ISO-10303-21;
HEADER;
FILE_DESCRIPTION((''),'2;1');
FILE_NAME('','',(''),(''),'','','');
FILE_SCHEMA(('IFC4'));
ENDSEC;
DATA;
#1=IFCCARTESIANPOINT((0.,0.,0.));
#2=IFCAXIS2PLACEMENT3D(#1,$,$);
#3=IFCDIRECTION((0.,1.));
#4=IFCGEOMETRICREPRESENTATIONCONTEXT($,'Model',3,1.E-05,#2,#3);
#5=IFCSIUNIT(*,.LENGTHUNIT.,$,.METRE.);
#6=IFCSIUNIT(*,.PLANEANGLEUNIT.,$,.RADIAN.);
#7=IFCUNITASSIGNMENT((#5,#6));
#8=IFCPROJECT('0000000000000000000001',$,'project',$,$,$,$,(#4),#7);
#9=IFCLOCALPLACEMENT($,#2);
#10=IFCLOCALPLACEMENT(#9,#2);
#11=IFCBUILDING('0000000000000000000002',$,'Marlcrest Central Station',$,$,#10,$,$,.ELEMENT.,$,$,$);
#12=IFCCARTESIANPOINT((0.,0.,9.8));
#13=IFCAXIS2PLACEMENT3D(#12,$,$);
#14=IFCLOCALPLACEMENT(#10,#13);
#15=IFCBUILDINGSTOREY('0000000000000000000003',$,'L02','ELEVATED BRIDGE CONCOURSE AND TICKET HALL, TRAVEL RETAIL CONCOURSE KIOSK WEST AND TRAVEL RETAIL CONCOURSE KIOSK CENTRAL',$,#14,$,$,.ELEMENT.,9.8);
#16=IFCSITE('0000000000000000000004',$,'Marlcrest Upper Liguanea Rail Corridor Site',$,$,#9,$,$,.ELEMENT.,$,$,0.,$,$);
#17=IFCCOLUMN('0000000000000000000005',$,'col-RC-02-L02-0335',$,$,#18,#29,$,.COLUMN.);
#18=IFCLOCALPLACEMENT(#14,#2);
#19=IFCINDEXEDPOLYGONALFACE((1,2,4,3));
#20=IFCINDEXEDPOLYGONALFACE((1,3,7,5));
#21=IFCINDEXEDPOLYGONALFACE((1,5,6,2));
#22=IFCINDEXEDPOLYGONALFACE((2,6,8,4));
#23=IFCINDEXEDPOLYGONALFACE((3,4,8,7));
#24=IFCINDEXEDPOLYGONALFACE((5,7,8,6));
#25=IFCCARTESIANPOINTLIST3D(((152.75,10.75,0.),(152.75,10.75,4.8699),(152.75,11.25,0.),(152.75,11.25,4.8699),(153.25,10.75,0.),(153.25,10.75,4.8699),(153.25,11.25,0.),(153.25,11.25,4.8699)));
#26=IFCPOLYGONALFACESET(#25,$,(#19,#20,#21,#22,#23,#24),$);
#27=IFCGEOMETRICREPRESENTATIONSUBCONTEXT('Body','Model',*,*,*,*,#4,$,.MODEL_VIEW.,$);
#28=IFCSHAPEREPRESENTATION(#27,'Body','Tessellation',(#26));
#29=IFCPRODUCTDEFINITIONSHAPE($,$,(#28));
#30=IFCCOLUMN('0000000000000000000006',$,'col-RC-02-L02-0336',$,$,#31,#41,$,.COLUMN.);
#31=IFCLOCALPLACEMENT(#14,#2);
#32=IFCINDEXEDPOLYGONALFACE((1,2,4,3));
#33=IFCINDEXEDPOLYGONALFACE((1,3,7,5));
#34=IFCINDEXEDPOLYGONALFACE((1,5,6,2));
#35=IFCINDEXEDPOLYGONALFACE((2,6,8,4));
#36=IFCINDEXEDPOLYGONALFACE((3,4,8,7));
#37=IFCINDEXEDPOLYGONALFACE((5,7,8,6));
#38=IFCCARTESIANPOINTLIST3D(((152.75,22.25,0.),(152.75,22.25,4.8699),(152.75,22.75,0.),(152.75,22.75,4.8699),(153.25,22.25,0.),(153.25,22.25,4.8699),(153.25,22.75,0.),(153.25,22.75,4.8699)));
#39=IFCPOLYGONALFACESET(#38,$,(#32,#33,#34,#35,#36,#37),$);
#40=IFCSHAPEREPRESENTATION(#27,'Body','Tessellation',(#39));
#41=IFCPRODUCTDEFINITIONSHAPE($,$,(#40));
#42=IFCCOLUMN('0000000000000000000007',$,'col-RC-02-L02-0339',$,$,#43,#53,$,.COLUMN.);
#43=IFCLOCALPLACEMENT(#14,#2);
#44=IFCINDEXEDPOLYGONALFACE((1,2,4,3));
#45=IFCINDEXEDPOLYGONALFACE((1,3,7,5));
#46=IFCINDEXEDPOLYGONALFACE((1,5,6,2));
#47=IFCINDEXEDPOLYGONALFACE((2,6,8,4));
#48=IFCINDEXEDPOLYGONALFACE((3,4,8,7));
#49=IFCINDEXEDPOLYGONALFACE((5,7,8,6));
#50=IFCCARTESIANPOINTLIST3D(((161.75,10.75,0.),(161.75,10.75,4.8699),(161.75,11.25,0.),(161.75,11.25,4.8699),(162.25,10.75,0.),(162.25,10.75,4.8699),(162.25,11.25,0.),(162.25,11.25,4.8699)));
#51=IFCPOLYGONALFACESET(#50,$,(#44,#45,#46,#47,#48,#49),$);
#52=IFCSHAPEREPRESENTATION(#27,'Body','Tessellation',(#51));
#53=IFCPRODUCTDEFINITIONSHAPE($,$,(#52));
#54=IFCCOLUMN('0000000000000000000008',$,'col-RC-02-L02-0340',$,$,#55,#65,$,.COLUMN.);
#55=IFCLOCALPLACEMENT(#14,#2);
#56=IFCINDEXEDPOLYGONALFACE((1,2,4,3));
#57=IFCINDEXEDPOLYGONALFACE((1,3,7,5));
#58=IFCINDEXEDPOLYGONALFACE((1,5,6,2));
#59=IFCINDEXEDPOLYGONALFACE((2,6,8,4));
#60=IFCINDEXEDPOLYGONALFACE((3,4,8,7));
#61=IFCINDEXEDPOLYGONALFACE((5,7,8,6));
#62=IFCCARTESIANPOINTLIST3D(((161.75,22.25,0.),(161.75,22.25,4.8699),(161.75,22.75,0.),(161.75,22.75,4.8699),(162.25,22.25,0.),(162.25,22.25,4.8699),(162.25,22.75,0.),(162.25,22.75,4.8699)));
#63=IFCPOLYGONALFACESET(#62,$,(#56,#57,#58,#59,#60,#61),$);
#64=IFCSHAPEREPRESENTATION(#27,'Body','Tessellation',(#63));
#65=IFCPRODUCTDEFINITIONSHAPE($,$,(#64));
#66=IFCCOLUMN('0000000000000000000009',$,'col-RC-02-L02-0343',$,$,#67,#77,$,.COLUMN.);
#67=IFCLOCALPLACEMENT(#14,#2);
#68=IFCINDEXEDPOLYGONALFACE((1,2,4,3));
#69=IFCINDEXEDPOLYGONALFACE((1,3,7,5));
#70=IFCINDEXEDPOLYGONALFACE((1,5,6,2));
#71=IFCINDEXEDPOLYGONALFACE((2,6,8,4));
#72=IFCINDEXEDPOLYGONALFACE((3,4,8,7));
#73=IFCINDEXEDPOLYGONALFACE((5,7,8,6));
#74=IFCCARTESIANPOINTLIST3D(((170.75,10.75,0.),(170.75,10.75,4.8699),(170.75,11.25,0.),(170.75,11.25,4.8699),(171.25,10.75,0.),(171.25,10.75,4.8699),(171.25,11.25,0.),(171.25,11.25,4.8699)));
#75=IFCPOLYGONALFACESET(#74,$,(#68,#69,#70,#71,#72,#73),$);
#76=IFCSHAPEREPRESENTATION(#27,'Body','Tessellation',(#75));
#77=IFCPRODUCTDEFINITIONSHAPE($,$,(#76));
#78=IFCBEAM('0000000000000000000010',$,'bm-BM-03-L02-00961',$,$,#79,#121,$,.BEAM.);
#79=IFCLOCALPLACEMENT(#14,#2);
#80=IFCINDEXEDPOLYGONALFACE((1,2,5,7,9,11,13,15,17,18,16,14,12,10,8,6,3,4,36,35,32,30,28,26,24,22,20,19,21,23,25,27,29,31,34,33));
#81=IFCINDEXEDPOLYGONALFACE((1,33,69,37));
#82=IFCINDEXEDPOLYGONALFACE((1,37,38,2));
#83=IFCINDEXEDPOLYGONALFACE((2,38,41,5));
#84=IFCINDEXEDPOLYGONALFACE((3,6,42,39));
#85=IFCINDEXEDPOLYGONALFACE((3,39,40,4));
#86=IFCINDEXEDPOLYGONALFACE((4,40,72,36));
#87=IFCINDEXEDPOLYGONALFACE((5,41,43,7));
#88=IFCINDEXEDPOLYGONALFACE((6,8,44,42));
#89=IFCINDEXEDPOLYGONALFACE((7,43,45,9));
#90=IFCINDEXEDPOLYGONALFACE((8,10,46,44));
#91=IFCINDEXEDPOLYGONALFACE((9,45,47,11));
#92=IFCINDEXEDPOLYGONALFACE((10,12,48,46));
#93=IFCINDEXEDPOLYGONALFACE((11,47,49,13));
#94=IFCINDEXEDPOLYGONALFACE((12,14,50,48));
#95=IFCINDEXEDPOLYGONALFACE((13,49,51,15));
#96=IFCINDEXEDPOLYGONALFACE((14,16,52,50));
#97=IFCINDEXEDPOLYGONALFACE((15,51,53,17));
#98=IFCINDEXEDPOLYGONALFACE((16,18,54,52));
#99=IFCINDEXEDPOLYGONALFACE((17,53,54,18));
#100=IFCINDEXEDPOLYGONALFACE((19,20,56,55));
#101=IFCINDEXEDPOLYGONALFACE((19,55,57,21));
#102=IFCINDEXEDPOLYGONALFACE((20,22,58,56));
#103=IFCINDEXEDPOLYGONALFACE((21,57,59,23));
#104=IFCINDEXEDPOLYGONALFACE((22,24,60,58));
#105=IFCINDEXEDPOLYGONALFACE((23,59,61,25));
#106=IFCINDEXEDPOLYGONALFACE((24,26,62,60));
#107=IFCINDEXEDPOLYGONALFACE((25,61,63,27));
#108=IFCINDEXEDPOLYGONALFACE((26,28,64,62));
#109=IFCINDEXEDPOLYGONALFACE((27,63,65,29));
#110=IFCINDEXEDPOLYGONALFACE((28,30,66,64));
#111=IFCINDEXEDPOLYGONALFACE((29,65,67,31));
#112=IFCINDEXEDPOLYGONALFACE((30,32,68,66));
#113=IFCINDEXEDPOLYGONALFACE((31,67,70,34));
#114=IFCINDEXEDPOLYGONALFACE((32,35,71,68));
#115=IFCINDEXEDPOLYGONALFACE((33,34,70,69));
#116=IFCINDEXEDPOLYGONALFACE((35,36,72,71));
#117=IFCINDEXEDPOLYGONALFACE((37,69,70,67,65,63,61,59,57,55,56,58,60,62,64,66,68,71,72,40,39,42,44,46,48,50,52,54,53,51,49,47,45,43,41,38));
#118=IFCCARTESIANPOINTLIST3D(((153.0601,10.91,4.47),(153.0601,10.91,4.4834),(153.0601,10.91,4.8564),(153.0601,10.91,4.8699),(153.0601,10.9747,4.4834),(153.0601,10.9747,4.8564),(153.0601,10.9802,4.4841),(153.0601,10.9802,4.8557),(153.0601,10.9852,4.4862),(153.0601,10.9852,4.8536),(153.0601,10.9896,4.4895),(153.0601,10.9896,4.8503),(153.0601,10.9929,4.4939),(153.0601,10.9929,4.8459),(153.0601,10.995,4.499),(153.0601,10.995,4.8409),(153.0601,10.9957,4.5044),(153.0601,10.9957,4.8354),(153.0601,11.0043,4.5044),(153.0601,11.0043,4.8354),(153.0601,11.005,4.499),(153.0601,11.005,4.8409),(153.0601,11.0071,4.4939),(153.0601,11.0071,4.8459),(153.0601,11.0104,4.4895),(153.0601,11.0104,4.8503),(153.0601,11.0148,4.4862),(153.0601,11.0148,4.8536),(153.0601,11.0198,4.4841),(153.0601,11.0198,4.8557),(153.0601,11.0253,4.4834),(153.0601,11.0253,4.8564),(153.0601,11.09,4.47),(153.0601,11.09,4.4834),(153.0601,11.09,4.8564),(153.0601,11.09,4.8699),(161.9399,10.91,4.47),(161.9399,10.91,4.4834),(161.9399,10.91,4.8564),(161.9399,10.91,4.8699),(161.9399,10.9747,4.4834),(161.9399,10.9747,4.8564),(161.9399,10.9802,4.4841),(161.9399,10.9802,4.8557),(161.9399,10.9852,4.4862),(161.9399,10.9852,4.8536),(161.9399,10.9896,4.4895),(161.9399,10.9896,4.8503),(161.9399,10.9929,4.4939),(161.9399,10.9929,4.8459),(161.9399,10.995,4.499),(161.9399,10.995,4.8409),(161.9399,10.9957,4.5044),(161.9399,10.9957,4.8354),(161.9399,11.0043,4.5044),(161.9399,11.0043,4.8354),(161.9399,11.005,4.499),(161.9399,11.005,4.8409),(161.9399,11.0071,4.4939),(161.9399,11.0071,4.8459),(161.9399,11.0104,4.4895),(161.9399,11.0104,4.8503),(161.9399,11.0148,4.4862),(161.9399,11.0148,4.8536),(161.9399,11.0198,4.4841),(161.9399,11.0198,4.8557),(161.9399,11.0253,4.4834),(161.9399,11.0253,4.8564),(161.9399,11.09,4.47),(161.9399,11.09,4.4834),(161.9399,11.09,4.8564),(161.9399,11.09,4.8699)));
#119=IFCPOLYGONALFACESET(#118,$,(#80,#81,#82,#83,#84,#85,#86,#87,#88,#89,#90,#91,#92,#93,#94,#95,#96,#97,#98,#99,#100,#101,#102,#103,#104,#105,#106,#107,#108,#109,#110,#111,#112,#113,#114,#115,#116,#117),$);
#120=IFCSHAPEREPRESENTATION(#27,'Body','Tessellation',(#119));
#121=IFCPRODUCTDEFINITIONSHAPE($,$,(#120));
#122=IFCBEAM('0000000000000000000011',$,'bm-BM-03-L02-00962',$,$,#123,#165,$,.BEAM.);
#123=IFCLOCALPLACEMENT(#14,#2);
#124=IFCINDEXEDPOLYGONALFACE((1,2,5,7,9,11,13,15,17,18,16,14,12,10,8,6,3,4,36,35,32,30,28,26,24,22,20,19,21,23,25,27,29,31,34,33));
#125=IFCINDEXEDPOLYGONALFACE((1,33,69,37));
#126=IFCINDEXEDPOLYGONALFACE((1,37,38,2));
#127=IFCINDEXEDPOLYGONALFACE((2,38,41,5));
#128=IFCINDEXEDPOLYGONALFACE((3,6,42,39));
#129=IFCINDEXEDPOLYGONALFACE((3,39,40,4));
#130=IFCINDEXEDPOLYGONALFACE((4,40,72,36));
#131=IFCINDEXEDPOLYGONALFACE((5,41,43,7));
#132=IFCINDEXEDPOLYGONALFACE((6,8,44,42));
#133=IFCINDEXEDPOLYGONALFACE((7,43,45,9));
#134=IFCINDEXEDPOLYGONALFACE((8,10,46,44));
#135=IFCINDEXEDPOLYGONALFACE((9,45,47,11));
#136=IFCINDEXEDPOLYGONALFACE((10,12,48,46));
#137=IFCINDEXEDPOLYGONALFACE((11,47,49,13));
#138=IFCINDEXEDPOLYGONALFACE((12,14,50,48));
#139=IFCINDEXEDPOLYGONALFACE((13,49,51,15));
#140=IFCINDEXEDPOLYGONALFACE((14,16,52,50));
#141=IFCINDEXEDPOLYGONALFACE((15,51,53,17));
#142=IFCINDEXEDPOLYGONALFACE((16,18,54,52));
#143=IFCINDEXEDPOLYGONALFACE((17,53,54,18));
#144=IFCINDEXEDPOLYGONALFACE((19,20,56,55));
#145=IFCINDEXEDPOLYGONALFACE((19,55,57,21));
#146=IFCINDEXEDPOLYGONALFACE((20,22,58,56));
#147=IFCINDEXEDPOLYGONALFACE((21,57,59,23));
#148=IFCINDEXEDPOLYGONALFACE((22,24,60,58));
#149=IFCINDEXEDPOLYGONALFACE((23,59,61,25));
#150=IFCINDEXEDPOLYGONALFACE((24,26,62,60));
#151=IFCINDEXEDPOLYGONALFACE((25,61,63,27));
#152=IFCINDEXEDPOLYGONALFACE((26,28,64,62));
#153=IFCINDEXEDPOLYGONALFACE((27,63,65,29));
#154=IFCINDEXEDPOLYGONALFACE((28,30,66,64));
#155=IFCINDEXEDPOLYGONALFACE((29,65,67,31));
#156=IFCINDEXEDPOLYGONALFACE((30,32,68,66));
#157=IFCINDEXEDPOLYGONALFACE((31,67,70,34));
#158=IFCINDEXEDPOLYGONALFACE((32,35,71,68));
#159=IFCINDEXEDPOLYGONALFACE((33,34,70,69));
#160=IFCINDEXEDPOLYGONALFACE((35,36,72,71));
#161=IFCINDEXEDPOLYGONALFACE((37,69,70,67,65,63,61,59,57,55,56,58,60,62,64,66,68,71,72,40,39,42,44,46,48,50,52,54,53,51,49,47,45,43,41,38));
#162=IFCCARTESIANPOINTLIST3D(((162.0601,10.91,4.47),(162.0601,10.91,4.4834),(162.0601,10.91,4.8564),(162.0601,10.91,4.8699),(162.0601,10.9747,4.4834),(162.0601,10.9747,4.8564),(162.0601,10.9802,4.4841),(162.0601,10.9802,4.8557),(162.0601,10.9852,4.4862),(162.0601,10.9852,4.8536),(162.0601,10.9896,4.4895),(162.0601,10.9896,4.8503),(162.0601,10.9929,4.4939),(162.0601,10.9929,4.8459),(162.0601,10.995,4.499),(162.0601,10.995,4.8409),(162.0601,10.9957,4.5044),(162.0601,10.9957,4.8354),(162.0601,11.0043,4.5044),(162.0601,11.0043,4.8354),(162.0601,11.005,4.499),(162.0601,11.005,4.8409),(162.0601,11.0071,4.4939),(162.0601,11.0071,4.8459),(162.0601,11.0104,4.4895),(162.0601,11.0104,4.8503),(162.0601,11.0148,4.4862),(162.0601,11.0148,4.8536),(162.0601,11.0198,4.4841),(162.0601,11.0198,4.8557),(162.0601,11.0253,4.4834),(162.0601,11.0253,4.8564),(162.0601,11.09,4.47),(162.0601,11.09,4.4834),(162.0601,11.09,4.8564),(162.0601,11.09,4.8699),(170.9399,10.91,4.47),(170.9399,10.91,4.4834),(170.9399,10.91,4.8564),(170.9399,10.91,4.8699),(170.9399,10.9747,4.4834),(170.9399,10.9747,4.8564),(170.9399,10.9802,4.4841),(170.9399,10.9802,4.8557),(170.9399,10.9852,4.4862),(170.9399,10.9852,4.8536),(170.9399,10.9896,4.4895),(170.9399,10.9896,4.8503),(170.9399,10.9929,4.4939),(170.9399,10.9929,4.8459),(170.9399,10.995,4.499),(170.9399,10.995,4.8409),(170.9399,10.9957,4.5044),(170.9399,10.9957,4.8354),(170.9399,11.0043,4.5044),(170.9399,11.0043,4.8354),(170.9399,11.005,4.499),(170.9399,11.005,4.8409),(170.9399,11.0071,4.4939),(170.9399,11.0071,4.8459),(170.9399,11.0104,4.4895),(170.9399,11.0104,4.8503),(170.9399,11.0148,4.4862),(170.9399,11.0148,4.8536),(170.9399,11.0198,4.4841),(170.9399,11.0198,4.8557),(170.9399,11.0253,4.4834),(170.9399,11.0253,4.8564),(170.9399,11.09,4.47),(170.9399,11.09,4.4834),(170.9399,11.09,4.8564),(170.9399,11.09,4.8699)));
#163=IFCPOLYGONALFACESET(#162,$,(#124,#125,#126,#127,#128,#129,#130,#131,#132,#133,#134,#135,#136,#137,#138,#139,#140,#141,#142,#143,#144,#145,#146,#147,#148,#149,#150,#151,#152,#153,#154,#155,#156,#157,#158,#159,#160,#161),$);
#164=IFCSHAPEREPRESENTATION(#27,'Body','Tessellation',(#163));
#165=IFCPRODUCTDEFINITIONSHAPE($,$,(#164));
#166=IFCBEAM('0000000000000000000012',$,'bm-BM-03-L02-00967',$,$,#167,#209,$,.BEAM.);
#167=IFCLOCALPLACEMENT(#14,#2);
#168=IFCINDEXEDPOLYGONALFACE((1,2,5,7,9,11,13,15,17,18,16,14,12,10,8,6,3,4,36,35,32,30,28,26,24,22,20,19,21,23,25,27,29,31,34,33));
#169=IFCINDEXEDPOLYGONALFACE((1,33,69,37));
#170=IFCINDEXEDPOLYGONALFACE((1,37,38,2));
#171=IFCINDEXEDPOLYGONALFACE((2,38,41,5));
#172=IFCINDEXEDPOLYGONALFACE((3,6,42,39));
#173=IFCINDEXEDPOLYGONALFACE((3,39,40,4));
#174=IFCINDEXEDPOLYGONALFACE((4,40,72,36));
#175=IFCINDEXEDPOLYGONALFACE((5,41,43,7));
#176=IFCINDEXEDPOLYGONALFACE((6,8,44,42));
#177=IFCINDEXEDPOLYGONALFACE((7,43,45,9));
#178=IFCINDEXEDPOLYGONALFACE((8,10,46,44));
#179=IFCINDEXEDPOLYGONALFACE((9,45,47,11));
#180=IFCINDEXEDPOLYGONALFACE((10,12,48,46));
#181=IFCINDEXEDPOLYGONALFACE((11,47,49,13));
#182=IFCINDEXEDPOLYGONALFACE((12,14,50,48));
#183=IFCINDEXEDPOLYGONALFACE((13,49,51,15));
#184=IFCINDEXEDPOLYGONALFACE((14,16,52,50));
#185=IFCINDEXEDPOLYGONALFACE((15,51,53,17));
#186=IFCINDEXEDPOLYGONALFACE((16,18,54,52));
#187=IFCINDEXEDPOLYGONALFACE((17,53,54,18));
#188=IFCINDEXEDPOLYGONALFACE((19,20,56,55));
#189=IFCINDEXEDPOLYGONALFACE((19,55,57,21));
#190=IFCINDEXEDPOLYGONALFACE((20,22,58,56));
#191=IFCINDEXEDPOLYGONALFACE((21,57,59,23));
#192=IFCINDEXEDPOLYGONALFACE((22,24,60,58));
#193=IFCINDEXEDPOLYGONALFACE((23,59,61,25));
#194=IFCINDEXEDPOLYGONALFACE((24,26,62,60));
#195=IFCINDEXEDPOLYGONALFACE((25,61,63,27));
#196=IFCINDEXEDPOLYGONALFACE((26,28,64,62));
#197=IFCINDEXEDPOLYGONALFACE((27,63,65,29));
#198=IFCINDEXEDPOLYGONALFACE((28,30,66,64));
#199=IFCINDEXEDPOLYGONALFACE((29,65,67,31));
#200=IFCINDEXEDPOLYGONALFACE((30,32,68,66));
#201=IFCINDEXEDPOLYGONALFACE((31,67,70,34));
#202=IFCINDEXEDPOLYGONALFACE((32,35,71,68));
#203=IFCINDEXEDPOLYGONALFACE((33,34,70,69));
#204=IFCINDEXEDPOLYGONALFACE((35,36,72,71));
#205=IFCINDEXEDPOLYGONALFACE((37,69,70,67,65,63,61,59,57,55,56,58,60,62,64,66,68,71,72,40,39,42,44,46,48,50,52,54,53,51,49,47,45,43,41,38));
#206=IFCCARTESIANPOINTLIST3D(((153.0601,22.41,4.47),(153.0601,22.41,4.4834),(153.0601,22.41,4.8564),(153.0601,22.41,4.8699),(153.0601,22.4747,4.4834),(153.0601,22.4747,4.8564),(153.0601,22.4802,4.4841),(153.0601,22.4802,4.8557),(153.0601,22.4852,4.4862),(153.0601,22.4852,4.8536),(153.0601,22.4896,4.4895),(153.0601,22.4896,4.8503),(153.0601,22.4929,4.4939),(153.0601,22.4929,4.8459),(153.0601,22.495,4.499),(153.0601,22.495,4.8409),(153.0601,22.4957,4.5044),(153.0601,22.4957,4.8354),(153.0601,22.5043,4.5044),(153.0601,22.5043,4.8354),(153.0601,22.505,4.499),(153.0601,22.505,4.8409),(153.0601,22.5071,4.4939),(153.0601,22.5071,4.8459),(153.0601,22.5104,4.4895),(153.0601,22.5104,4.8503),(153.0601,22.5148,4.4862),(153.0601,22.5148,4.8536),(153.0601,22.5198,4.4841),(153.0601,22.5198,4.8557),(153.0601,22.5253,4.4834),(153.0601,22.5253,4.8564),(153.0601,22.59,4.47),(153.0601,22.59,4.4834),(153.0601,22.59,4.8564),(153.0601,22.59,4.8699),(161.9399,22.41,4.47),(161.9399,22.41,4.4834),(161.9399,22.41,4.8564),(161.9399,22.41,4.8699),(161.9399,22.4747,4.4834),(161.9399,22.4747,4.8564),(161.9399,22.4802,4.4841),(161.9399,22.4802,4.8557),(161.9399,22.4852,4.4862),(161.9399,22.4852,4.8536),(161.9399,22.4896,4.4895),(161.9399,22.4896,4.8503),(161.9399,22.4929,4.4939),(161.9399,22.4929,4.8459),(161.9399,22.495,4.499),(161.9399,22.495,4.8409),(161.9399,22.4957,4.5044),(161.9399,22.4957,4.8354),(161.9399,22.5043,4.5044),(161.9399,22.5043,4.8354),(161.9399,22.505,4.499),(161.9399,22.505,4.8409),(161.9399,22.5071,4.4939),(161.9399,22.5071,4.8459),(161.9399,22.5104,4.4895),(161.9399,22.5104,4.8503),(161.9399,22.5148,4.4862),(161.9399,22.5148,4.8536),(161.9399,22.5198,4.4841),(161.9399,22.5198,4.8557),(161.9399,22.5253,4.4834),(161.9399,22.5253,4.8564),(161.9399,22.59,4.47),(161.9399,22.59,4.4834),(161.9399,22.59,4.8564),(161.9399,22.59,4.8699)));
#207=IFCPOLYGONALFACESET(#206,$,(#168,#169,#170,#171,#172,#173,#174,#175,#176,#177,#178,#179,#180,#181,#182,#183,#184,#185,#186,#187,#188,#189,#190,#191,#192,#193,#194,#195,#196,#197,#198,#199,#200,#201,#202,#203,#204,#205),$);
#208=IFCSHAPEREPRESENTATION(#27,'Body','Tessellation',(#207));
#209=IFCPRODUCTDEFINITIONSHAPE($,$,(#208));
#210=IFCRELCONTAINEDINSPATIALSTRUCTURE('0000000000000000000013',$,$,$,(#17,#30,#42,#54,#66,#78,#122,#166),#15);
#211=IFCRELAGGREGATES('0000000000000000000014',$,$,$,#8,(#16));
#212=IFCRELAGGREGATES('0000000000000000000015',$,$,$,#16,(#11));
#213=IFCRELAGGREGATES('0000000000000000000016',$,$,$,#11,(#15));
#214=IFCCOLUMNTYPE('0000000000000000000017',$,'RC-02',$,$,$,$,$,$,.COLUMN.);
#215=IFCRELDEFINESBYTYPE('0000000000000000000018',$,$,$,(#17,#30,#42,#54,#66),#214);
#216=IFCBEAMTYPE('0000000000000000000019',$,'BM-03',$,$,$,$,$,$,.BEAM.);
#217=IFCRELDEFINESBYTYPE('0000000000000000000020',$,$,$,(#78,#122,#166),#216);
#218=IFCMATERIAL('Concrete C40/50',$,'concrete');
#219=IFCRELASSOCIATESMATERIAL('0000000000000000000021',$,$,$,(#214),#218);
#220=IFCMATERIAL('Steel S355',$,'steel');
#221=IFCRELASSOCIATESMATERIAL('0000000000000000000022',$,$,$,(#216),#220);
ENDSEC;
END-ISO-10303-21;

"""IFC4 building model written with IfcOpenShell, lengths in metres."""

from ifc_helpers import new_model, si_unit, direction, frame, origin, origin_2d, place, context, subcontext, project, spatial, rectangle, i_section, extrude, material, material_profile, profile_set, type_object, element, save


model = new_model("IFC4")

# Units and contexts
model_context = context("Model", 3, precision=1e-05, world=origin(), true_north=direction((0.0, 1.0)))
body_context = subcontext(model_context, "Body", "Model", "MODEL_VIEW")
ifc_project = project(units=[si_unit("LENGTHUNIT", "METRE"), si_unit("PLANEANGLEUNIT", "RADIAN")], contexts=[model_context])

# Site, building, storey
site_placement = place(None, origin())
site = spatial("IfcSite", under=ifc_project, at=site_placement, Name="Marlcrest Upper Liguanea Rail Corridor Site", CompositionType="ELEMENT", RefElevation=0.0)
building_placement = place(site_placement, origin())
building = spatial("IfcBuilding", under=site, at=building_placement, Name="Marlcrest Central Station", CompositionType="ELEMENT")
storey_placement = place(building_placement, frame((0.0, 0.0, 9.8)))
storey = spatial("IfcBuildingStorey", under=building, at=storey_placement, Name="L02", Description="ELEVATED BRIDGE CONCOURSE AND TICKET HALL, TRAVEL RETAIL CONCOURSE KIOSK WEST AND TRAVEL RETAIL CONCOURSE KIOSK CENTRAL", CompositionType="ELEMENT", Elevation=9.8)

# Columns
ifc_material_1 = material(Name="Concrete C40/50", Category="concrete")
ifc_material_profile_1 = material_profile(ifc_material_1, rectangle(XDim=0.5, YDim=0.5, at=origin_2d()), Name="RC 500x500")
ifc_profile_set_1 = profile_set([ifc_material_profile_1], Name="Concrete C40/50")
column_type = type_object("IfcColumnType", Name="RC-02", PredefinedType="COLUMN", material=ifc_profile_set_1)
for number, where, z_axis, x_axis, name in (
    (1, (153.0, 11.0, 0.0), (0.0, 0.0, 1.0), (1.0, 0.0, 0.0), "col-RC-02-L02-0335"),
    (2, (153.0, 22.5, 0.0), (0.0, 0.0, 1.0), (1.0, 0.0, 0.0), "col-RC-02-L02-0336"),
    (3, (162.0, 11.0, 0.0), (0.0, 0.0, 1.0), (1.0, 0.0, 0.0), "col-RC-02-L02-0339"),
    (4, (162.0, 22.5, 0.0), (0.0, 0.0, 1.0), (1.0, 0.0, 0.0), "col-RC-02-L02-0340"),
    (5, (171.0, 11.0, 0.0), (0.0, 0.0, 1.0), (1.0, 0.0, 0.0), "col-RC-02-L02-0343"),
):
    element("IfcColumn", number, at=place(storey_placement, frame(where, z_axis=z_axis, x_axis=x_axis)), inside=storey, type_object=column_type, Name=name, PredefinedType="COLUMN", context=body_context, shape_type="SweptSolid", body=[
        extrude(rectangle(XDim=0.5, YDim=0.5, at=origin_2d()), origin(), (0.0, 0.0, 1.0), 4.8699),
    ])

# Beams
ifc_material_2 = material(Name="Steel S355", Category="steel")
ifc_material_profile_2 = material_profile(ifc_material_2, i_section(OverallWidth=0.1799, OverallDepth=0.3999, WebThickness=0.0085, FlangeThickness=0.0134, FilletRadius=0.021, at=origin_2d()), Name="IPE 400")
ifc_profile_set_2 = profile_set([ifc_material_profile_2], Name="Steel S355")
beam_type_1 = type_object("IfcBeamType", Name="BM-03", PredefinedType="BEAM", material=ifc_profile_set_2)
for number, where, z_axis, x_axis, name in (
    (6, (153.0601, 11.0, 4.6699), (1.0, 0.0, 0.0), (0.0, 1.0, 0.0), "bm-BM-03-L02-00961"),
    (7, (162.0601, 11.0, 4.6699), (1.0, 0.0, 0.0), (0.0, 1.0, 0.0), "bm-BM-03-L02-00962"),
    (8, (153.0601, 22.5, 4.6699), (1.0, 0.0, 0.0), (0.0, 1.0, 0.0), "bm-BM-03-L02-00967"),
):
    element("IfcBeam", number, at=place(storey_placement, frame(where, z_axis=z_axis, x_axis=x_axis)), inside=storey, type_object=beam_type_1, Name=name, PredefinedType="BEAM", context=body_context, shape_type="SweptSolid", body=[
        extrude(i_section(OverallWidth=0.1799, OverallDepth=0.3999, WebThickness=0.0085, FlangeThickness=0.0134, FilletRadius=0.021, at=origin_2d()), origin(), (0.0, 0.0, 1.0), 8.8799),
    ])

save(model, "model.ifc")
